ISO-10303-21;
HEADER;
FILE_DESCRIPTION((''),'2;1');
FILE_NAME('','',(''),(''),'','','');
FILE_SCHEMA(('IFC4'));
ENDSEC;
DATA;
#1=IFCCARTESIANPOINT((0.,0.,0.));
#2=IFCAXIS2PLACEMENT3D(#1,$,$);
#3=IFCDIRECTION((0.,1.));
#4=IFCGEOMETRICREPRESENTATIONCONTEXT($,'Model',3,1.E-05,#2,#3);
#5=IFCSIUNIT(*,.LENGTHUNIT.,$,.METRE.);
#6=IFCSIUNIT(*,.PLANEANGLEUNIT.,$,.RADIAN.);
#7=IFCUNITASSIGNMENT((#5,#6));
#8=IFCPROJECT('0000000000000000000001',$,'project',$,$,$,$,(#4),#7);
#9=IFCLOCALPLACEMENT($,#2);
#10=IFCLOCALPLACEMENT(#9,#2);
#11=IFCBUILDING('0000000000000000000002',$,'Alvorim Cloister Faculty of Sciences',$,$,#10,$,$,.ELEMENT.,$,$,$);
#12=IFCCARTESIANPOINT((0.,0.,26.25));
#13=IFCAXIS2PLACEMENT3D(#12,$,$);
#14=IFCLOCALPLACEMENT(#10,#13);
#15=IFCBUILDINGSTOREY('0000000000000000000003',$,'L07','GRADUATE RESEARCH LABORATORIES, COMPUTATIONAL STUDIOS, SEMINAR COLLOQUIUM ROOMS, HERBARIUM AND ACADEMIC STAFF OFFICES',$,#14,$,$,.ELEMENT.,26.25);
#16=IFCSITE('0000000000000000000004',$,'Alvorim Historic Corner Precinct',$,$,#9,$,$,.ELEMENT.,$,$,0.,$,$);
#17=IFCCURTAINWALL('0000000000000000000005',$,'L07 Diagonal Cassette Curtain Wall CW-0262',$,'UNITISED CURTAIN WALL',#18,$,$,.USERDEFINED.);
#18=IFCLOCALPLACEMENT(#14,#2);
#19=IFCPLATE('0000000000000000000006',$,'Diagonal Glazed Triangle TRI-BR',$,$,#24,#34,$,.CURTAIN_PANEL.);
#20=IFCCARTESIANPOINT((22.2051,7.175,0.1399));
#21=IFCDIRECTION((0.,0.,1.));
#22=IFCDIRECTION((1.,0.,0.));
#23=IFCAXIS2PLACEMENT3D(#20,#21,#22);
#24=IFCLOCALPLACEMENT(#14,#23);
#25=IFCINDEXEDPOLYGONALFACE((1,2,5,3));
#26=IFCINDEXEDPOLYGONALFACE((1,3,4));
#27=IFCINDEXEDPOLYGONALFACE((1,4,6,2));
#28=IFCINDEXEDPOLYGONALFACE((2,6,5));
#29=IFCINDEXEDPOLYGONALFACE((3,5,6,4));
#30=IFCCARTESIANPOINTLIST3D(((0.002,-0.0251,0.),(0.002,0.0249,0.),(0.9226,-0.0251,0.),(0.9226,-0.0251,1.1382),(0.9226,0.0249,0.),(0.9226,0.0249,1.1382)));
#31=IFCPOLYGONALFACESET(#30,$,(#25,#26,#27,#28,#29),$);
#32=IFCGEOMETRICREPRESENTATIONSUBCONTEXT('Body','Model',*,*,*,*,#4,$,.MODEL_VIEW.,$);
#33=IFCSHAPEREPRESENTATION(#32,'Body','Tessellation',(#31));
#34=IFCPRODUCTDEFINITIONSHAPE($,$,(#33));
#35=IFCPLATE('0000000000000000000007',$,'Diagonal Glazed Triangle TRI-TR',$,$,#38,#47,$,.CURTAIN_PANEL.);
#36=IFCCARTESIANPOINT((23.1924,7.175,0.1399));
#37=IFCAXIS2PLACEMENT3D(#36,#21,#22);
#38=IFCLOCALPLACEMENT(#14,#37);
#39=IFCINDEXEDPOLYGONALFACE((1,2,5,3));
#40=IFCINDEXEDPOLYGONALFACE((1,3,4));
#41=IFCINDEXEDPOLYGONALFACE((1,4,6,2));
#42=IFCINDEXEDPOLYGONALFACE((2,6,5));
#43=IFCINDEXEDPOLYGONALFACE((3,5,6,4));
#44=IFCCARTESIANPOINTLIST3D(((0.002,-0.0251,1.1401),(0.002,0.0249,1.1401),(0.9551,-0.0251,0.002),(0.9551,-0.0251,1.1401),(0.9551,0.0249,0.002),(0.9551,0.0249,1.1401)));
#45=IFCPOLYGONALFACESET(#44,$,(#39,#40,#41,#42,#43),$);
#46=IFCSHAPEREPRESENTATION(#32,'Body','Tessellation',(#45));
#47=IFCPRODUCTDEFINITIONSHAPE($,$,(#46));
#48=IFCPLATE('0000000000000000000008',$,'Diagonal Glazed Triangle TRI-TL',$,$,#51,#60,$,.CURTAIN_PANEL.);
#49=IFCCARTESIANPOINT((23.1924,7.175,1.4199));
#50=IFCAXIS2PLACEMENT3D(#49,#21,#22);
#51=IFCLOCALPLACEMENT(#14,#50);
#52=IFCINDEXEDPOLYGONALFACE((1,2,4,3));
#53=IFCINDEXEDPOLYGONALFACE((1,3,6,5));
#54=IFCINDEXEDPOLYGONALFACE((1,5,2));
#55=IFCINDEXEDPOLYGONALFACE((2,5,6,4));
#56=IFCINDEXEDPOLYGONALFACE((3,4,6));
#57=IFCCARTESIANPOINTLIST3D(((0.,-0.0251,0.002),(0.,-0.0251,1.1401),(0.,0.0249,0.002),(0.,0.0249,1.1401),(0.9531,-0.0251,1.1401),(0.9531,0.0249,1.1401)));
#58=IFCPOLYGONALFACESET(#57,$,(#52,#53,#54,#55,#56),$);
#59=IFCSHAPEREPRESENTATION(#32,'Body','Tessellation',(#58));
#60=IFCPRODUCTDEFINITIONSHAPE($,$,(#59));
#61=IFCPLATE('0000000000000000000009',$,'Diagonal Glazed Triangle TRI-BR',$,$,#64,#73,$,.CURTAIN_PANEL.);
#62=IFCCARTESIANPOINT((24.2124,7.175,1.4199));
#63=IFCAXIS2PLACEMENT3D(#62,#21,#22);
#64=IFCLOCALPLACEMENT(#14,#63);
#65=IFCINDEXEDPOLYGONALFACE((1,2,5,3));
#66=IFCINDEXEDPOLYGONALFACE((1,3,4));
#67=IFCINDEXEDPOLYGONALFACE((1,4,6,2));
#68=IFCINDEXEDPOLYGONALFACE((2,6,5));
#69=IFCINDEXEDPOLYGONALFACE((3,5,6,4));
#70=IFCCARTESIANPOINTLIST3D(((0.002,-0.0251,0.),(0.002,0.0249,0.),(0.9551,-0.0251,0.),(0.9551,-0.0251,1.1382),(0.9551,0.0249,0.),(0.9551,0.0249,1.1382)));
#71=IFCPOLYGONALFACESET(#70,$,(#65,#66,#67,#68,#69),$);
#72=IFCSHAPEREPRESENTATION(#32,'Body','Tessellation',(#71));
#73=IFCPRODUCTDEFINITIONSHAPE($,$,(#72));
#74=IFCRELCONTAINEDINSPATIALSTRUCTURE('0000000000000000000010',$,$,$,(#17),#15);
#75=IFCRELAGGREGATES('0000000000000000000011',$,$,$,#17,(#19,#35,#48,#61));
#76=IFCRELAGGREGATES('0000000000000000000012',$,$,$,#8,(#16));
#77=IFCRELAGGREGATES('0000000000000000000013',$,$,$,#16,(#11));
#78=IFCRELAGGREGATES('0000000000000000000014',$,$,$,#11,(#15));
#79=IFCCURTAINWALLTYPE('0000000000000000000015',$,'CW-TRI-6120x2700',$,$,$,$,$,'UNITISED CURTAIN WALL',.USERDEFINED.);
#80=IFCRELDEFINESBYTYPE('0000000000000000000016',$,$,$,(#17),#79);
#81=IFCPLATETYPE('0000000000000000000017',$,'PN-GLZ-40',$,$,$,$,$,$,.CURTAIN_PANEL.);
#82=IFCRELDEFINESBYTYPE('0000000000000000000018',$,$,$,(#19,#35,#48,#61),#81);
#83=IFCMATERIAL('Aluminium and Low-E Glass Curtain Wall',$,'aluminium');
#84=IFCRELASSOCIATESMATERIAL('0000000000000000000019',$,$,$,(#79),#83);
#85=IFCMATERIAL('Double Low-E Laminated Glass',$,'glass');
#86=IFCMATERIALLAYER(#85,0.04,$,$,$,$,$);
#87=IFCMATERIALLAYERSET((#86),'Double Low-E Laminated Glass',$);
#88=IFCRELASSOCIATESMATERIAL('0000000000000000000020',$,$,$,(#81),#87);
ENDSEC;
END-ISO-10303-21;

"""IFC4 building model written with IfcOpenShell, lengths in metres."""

from ifc_helpers import new_model, si_unit, direction, frame, origin, place, context, subcontext, project, spatial, polyline, outline, extrude, material, layer, layer_set, type_object, element, aggregate, save


model = new_model("IFC4")

# Units and contexts
model_context = context("Model", 3, precision=1e-05, world=origin(), true_north=direction((0.0, 1.0)))
body_context = subcontext(model_context, "Body", "Model", "MODEL_VIEW")
ifc_project = project(units=[si_unit("LENGTHUNIT", "METRE"), si_unit("PLANEANGLEUNIT", "RADIAN")], contexts=[model_context])

# Site, building, storey
site_placement = place(None, origin())
site = spatial("IfcSite", under=ifc_project, at=site_placement, Name="Alvorim Historic Corner Precinct", CompositionType="ELEMENT", RefElevation=0.0)
building_placement = place(site_placement, origin())
building = spatial("IfcBuilding", under=site, at=building_placement, Name="Alvorim Cloister Faculty of Sciences", CompositionType="ELEMENT")
storey_placement = place(building_placement, frame((0.0, 0.0, 26.25)))
storey = spatial("IfcBuildingStorey", under=building, at=storey_placement, Name="L07", Description="GRADUATE RESEARCH LABORATORIES, COMPUTATIONAL STUDIOS, SEMINAR COLLOQUIUM ROOMS, HERBARIUM AND ACADEMIC STAFF OFFICES", CompositionType="ELEMENT", Elevation=26.25)

# Curtain wall
ifc_material_1 = material(Name="Aluminium and Low-E Glass Curtain Wall", Category="aluminium")
curtain_wall_type_1 = type_object("IfcCurtainWallType", Name="CW-TRI-6120x2700", ElementType="UNITISED CURTAIN WALL", PredefinedType="USERDEFINED", material=ifc_material_1)
curtain_wall_1_placement = place(storey_placement, origin())
curtain_wall_1 = element("IfcCurtainWall", 1, at=curtain_wall_1_placement, inside=storey, type_object=curtain_wall_type_1, Name="L07 Diagonal Cassette Curtain Wall CW-0262", ObjectType="UNITISED CURTAIN WALL", PredefinedType="USERDEFINED")

# Plates
ifc_material_2 = material(Name="Double Low-E Laminated Glass", Category="glass")
ifc_layer_1 = layer(ifc_material_2, 0.04)
ifc_layer_set_1 = layer_set([ifc_layer_1], Name="Double Low-E Laminated Glass")
plate_type = type_object("IfcPlateType", Name="PN-GLZ-40", PredefinedType="CURTAIN_PANEL", material=ifc_layer_set_1)
plate_1_placement = place(storey_placement, frame((22.2051, 7.175, 0.1399), z_axis=(0.0, 0.0, 1.0), x_axis=(1.0, 0.0, 0.0)))
plate_1 = element("IfcPlate", 2, at=plate_1_placement, type_object=plate_type, Name="Diagonal Glazed Triangle TRI-BR", PredefinedType="CURTAIN_PANEL", context=body_context, shape_type="SweptSolid", body=[
    extrude(outline(polyline([(0.002, 0.0), (0.9226, 0.0), (0.9226, 1.1382), (0.002, 0.0)])), frame((0.0, 0.0249, 0.0), z_axis=(0.0, -1.0, 0.0), x_axis=(1.0, 0.0, 0.0)), (0.0, 0.0, 1.0), 0.05),
])
plate_2_placement = place(storey_placement, frame((23.1924, 7.175, 0.1399), z_axis=(0.0, 0.0, 1.0), x_axis=(1.0, 0.0, 0.0)))
plate_2 = element("IfcPlate", 3, at=plate_2_placement, type_object=plate_type, Name="Diagonal Glazed Triangle TRI-TR", PredefinedType="CURTAIN_PANEL", context=body_context, shape_type="SweptSolid", body=[
    extrude(outline(polyline([(0.9551, 0.002), (0.9551, 1.1401), (0.002, 1.1401), (0.9551, 0.002)])), frame((0.0, 0.0249, 0.0), z_axis=(0.0, -1.0, 0.0), x_axis=(1.0, 0.0, 0.0)), (0.0, 0.0, 1.0), 0.05),
])
plate_3_placement = place(storey_placement, frame((23.1924, 7.175, 1.4199), z_axis=(0.0, 0.0, 1.0), x_axis=(1.0, 0.0, 0.0)))
plate_3 = element("IfcPlate", 4, at=plate_3_placement, type_object=plate_type, Name="Diagonal Glazed Triangle TRI-TL", PredefinedType="CURTAIN_PANEL", context=body_context, shape_type="SweptSolid", body=[
    extrude(outline(polyline([(0.9531, 1.1401), (0.0, 1.1401), (0.0, 0.002), (0.9531, 1.1401)])), frame((0.0, 0.0249, 0.0), z_axis=(0.0, -1.0, 0.0), x_axis=(1.0, 0.0, 0.0)), (0.0, 0.0, 1.0), 0.05),
])
plate_4_placement = place(storey_placement, frame((24.2124, 7.175, 1.4199), z_axis=(0.0, 0.0, 1.0), x_axis=(1.0, 0.0, 0.0)))
plate_4 = element("IfcPlate", 5, at=plate_4_placement, type_object=plate_type, Name="Diagonal Glazed Triangle TRI-BR", PredefinedType="CURTAIN_PANEL", context=body_context, shape_type="SweptSolid", body=[
    extrude(outline(polyline([(0.002, 0.0), (0.9551, 0.0), (0.9551, 1.1382), (0.002, 0.0)])), frame((0.0, 0.0249, 0.0), z_axis=(0.0, -1.0, 0.0), x_axis=(1.0, 0.0, 0.0)), (0.0, 0.0, 1.0), 0.05),
])
aggregate(curtain_wall_1, [plate_1, plate_2, plate_3, plate_4])

save(model, "model.ifc")
